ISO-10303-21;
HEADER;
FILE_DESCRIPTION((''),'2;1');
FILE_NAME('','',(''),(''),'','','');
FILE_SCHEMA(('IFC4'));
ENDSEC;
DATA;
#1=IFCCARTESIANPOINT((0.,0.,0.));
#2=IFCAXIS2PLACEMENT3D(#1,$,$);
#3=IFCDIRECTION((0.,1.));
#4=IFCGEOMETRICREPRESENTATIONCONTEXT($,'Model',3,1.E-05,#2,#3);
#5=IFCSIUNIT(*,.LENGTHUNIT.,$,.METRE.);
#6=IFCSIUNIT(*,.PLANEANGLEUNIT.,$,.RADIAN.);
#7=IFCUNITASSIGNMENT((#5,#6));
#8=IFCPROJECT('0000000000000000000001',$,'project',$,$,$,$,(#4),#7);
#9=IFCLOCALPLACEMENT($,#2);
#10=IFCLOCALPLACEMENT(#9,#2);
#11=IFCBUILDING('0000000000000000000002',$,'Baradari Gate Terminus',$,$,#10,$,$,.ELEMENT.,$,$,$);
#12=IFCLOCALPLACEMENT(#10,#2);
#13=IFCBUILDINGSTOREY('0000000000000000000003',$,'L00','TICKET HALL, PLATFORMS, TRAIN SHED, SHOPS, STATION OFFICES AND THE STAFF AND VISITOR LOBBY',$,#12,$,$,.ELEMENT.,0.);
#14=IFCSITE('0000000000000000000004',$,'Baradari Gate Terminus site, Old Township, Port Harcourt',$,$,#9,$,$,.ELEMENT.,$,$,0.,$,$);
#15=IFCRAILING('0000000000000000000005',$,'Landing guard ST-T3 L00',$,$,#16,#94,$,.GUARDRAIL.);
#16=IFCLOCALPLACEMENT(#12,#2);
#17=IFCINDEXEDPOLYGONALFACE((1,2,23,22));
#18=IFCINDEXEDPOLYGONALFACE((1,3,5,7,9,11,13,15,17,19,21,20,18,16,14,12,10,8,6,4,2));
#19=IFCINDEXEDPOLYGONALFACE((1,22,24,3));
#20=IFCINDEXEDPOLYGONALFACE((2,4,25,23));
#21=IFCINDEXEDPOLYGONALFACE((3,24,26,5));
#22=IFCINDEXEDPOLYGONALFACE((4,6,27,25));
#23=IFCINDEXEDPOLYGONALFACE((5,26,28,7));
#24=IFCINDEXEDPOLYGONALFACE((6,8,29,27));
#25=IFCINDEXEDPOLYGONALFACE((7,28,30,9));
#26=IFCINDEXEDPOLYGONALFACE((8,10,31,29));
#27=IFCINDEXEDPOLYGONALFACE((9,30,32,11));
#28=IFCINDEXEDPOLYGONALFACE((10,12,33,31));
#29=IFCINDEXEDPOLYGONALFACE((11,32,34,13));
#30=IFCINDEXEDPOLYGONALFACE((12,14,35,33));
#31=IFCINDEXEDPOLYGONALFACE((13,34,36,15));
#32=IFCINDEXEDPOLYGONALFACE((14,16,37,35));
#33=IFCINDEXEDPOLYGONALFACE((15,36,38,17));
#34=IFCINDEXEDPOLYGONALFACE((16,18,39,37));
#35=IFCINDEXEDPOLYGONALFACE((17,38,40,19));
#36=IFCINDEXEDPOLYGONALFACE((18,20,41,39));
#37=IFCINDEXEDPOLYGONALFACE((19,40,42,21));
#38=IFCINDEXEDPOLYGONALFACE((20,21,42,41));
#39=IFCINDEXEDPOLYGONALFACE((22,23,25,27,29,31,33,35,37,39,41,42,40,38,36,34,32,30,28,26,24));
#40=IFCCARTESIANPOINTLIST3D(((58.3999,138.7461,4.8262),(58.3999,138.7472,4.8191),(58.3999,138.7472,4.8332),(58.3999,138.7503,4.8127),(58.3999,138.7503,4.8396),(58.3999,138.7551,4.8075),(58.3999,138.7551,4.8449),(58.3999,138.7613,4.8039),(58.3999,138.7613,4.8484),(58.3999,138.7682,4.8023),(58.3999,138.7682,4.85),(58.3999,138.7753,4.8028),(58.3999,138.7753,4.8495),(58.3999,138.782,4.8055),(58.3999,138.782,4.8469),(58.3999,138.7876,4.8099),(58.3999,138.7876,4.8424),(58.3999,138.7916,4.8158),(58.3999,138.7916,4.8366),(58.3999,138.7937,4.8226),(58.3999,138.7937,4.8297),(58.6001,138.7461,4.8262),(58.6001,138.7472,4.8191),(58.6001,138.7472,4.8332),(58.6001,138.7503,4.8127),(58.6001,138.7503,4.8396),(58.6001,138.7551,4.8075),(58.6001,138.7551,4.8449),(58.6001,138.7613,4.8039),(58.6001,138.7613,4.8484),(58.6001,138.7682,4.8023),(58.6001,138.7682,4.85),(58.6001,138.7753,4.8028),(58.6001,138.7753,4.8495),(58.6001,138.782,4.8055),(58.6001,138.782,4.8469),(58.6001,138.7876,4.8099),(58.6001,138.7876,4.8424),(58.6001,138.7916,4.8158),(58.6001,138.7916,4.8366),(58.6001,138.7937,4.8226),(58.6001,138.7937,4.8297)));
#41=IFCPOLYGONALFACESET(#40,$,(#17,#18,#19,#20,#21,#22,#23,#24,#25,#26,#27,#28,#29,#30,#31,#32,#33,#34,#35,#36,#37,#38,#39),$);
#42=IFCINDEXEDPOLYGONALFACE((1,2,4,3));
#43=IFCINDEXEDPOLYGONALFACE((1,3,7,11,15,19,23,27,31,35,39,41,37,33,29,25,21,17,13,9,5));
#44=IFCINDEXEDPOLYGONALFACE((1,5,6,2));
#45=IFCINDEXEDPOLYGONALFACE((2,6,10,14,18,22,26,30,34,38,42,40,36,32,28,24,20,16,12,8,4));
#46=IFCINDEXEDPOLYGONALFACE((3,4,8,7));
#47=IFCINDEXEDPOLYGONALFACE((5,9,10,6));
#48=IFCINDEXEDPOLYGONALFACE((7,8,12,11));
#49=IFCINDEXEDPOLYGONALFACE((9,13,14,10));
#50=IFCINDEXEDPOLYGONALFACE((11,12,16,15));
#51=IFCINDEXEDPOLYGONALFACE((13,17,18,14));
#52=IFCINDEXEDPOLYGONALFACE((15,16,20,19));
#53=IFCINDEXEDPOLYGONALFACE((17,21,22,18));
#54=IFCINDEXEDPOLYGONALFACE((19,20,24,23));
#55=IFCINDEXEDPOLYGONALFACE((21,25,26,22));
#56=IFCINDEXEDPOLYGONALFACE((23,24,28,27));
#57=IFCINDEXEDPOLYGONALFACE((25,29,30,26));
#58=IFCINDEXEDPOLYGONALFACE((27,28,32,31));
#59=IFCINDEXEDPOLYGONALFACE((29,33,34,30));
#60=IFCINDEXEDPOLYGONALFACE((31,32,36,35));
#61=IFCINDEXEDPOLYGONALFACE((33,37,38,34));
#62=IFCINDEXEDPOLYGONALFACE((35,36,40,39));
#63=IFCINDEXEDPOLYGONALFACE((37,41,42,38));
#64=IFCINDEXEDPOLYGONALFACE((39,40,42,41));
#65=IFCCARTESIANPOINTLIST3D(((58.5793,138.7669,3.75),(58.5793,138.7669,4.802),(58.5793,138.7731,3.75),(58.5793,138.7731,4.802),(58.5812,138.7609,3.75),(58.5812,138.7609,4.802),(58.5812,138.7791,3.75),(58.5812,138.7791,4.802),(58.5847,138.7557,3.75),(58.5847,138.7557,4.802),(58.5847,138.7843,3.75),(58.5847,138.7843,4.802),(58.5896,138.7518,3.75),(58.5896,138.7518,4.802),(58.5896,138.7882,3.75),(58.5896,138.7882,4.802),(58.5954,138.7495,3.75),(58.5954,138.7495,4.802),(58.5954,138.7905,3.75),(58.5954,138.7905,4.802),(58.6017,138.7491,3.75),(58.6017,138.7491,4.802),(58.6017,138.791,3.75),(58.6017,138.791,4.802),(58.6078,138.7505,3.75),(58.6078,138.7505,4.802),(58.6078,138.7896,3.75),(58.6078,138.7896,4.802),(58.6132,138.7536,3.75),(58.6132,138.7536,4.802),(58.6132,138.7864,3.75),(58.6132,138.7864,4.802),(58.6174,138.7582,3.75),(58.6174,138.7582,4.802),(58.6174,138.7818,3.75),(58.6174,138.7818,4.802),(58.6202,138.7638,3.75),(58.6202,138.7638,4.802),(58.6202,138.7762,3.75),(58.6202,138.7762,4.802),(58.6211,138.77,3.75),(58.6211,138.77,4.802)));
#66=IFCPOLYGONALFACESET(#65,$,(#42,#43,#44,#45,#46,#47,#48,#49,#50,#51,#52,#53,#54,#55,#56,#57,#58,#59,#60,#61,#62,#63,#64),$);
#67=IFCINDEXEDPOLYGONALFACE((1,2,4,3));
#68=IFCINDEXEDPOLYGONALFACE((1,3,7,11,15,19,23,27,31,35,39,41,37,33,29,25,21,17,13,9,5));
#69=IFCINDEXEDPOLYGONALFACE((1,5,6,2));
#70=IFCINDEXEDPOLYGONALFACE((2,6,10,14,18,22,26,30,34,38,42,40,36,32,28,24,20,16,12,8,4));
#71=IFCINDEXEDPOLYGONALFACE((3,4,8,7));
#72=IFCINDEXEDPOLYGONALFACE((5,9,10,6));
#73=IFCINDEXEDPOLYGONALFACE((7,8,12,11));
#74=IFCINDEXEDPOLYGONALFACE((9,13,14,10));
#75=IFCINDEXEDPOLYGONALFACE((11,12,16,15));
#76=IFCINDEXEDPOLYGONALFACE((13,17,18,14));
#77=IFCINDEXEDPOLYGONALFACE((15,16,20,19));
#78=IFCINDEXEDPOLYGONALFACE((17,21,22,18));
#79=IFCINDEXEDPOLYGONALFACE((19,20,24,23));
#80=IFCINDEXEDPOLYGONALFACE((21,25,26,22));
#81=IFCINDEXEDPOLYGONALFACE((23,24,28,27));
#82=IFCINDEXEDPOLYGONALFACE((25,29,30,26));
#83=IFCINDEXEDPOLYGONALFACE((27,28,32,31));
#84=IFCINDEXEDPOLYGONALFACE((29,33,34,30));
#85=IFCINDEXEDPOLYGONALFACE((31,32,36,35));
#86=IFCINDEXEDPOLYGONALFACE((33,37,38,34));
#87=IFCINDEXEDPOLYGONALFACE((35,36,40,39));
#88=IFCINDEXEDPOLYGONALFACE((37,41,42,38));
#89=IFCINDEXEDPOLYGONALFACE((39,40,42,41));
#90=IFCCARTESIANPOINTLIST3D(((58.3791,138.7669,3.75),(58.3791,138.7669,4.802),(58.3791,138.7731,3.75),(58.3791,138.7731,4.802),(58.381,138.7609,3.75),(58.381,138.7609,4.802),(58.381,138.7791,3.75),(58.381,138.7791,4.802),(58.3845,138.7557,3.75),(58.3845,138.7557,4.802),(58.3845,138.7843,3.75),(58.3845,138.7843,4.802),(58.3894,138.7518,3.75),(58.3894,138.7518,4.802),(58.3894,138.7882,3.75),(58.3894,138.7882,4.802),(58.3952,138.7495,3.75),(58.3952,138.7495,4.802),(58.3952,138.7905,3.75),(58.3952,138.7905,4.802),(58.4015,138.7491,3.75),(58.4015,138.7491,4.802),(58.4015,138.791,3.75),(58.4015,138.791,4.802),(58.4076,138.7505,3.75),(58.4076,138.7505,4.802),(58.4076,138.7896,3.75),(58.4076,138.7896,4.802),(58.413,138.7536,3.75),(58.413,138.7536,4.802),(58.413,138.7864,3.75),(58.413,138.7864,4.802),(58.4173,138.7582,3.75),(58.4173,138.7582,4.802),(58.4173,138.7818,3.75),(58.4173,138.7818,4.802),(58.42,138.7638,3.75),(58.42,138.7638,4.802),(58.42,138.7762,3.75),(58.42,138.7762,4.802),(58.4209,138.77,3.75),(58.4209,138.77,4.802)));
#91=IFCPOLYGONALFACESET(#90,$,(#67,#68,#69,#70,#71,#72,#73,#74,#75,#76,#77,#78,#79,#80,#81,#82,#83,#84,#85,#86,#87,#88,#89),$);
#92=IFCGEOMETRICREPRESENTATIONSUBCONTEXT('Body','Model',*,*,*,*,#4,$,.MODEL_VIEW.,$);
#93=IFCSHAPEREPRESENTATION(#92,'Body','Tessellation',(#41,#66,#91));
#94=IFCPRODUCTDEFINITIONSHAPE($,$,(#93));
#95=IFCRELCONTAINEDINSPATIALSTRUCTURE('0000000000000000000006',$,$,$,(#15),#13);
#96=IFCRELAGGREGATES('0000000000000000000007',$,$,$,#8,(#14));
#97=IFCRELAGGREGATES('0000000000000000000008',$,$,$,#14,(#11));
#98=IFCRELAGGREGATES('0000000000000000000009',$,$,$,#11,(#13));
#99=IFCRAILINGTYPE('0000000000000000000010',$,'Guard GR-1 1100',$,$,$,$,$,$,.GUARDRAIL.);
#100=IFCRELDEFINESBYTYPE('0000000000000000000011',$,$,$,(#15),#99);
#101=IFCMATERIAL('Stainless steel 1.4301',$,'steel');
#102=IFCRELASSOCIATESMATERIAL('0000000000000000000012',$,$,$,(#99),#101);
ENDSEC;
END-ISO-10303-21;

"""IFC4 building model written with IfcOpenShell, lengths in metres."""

from ifc_helpers import new_model, si_unit, direction, frame, origin, origin_2d, place, context, subcontext, project, spatial, circle, extrude, material, type_object, element, save


model = new_model("IFC4")

# Units and contexts
model_context = context("Model", 3, precision=1e-05, world=origin(), true_north=direction((0.0, 1.0)))
body_context = subcontext(model_context, "Body", "Model", "MODEL_VIEW")
ifc_project = project(units=[si_unit("LENGTHUNIT", "METRE"), si_unit("PLANEANGLEUNIT", "RADIAN")], contexts=[model_context])

# Site, building, storey
site_placement = place(None, origin())
site = spatial("IfcSite", under=ifc_project, at=site_placement, Name="Baradari Gate Terminus site, Old Township, Port Harcourt", CompositionType="ELEMENT", RefElevation=0.0)
building_placement = place(site_placement, origin())
building = spatial("IfcBuilding", under=site, at=building_placement, Name="Baradari Gate Terminus", CompositionType="ELEMENT")
storey_placement = place(building_placement, origin())
storey = spatial("IfcBuildingStorey", under=building, at=storey_placement, Name="L00", Description="TICKET HALL, PLATFORMS, TRAIN SHED, SHOPS, STATION OFFICES AND THE STAFF AND VISITOR LOBBY", CompositionType="ELEMENT", Elevation=0.0)

# Railing
ifc_material_1 = material(Name="Stainless steel 1.4301", Category="steel")
railing_type_1 = type_object("IfcRailingType", Name="Guard GR-1 1100", PredefinedType="GUARDRAIL", material=ifc_material_1)
railing_placement = place(storey_placement, frame((58.6001, 138.77, 3.75)))
element("IfcRailing", 1, at=railing_placement, inside=storey, type_object=railing_type_1, Name="Landing guard ST-T3 L00", PredefinedType="GUARDRAIL", context=body_context, shape_type="SweptSolid", body=[
    extrude(circle(Radius=0.0239, at=origin_2d()), frame((0.0, 0.0, 1.0762), z_axis=(-1.0, 0.0, 0.0), x_axis=(0.0, -1.0, 0.0)), (0.0, 0.0, 1.0), 0.2002),
    extrude(circle(Radius=0.021, at=origin_2d()), origin(), (0.0, 0.0, 1.0), 1.052),
    extrude(circle(Radius=0.021, at=origin_2d()), frame((-0.2002, 0.0, 0.0)), (0.0, 0.0, 1.0), 1.052),
])

save(model, "model.ifc")
